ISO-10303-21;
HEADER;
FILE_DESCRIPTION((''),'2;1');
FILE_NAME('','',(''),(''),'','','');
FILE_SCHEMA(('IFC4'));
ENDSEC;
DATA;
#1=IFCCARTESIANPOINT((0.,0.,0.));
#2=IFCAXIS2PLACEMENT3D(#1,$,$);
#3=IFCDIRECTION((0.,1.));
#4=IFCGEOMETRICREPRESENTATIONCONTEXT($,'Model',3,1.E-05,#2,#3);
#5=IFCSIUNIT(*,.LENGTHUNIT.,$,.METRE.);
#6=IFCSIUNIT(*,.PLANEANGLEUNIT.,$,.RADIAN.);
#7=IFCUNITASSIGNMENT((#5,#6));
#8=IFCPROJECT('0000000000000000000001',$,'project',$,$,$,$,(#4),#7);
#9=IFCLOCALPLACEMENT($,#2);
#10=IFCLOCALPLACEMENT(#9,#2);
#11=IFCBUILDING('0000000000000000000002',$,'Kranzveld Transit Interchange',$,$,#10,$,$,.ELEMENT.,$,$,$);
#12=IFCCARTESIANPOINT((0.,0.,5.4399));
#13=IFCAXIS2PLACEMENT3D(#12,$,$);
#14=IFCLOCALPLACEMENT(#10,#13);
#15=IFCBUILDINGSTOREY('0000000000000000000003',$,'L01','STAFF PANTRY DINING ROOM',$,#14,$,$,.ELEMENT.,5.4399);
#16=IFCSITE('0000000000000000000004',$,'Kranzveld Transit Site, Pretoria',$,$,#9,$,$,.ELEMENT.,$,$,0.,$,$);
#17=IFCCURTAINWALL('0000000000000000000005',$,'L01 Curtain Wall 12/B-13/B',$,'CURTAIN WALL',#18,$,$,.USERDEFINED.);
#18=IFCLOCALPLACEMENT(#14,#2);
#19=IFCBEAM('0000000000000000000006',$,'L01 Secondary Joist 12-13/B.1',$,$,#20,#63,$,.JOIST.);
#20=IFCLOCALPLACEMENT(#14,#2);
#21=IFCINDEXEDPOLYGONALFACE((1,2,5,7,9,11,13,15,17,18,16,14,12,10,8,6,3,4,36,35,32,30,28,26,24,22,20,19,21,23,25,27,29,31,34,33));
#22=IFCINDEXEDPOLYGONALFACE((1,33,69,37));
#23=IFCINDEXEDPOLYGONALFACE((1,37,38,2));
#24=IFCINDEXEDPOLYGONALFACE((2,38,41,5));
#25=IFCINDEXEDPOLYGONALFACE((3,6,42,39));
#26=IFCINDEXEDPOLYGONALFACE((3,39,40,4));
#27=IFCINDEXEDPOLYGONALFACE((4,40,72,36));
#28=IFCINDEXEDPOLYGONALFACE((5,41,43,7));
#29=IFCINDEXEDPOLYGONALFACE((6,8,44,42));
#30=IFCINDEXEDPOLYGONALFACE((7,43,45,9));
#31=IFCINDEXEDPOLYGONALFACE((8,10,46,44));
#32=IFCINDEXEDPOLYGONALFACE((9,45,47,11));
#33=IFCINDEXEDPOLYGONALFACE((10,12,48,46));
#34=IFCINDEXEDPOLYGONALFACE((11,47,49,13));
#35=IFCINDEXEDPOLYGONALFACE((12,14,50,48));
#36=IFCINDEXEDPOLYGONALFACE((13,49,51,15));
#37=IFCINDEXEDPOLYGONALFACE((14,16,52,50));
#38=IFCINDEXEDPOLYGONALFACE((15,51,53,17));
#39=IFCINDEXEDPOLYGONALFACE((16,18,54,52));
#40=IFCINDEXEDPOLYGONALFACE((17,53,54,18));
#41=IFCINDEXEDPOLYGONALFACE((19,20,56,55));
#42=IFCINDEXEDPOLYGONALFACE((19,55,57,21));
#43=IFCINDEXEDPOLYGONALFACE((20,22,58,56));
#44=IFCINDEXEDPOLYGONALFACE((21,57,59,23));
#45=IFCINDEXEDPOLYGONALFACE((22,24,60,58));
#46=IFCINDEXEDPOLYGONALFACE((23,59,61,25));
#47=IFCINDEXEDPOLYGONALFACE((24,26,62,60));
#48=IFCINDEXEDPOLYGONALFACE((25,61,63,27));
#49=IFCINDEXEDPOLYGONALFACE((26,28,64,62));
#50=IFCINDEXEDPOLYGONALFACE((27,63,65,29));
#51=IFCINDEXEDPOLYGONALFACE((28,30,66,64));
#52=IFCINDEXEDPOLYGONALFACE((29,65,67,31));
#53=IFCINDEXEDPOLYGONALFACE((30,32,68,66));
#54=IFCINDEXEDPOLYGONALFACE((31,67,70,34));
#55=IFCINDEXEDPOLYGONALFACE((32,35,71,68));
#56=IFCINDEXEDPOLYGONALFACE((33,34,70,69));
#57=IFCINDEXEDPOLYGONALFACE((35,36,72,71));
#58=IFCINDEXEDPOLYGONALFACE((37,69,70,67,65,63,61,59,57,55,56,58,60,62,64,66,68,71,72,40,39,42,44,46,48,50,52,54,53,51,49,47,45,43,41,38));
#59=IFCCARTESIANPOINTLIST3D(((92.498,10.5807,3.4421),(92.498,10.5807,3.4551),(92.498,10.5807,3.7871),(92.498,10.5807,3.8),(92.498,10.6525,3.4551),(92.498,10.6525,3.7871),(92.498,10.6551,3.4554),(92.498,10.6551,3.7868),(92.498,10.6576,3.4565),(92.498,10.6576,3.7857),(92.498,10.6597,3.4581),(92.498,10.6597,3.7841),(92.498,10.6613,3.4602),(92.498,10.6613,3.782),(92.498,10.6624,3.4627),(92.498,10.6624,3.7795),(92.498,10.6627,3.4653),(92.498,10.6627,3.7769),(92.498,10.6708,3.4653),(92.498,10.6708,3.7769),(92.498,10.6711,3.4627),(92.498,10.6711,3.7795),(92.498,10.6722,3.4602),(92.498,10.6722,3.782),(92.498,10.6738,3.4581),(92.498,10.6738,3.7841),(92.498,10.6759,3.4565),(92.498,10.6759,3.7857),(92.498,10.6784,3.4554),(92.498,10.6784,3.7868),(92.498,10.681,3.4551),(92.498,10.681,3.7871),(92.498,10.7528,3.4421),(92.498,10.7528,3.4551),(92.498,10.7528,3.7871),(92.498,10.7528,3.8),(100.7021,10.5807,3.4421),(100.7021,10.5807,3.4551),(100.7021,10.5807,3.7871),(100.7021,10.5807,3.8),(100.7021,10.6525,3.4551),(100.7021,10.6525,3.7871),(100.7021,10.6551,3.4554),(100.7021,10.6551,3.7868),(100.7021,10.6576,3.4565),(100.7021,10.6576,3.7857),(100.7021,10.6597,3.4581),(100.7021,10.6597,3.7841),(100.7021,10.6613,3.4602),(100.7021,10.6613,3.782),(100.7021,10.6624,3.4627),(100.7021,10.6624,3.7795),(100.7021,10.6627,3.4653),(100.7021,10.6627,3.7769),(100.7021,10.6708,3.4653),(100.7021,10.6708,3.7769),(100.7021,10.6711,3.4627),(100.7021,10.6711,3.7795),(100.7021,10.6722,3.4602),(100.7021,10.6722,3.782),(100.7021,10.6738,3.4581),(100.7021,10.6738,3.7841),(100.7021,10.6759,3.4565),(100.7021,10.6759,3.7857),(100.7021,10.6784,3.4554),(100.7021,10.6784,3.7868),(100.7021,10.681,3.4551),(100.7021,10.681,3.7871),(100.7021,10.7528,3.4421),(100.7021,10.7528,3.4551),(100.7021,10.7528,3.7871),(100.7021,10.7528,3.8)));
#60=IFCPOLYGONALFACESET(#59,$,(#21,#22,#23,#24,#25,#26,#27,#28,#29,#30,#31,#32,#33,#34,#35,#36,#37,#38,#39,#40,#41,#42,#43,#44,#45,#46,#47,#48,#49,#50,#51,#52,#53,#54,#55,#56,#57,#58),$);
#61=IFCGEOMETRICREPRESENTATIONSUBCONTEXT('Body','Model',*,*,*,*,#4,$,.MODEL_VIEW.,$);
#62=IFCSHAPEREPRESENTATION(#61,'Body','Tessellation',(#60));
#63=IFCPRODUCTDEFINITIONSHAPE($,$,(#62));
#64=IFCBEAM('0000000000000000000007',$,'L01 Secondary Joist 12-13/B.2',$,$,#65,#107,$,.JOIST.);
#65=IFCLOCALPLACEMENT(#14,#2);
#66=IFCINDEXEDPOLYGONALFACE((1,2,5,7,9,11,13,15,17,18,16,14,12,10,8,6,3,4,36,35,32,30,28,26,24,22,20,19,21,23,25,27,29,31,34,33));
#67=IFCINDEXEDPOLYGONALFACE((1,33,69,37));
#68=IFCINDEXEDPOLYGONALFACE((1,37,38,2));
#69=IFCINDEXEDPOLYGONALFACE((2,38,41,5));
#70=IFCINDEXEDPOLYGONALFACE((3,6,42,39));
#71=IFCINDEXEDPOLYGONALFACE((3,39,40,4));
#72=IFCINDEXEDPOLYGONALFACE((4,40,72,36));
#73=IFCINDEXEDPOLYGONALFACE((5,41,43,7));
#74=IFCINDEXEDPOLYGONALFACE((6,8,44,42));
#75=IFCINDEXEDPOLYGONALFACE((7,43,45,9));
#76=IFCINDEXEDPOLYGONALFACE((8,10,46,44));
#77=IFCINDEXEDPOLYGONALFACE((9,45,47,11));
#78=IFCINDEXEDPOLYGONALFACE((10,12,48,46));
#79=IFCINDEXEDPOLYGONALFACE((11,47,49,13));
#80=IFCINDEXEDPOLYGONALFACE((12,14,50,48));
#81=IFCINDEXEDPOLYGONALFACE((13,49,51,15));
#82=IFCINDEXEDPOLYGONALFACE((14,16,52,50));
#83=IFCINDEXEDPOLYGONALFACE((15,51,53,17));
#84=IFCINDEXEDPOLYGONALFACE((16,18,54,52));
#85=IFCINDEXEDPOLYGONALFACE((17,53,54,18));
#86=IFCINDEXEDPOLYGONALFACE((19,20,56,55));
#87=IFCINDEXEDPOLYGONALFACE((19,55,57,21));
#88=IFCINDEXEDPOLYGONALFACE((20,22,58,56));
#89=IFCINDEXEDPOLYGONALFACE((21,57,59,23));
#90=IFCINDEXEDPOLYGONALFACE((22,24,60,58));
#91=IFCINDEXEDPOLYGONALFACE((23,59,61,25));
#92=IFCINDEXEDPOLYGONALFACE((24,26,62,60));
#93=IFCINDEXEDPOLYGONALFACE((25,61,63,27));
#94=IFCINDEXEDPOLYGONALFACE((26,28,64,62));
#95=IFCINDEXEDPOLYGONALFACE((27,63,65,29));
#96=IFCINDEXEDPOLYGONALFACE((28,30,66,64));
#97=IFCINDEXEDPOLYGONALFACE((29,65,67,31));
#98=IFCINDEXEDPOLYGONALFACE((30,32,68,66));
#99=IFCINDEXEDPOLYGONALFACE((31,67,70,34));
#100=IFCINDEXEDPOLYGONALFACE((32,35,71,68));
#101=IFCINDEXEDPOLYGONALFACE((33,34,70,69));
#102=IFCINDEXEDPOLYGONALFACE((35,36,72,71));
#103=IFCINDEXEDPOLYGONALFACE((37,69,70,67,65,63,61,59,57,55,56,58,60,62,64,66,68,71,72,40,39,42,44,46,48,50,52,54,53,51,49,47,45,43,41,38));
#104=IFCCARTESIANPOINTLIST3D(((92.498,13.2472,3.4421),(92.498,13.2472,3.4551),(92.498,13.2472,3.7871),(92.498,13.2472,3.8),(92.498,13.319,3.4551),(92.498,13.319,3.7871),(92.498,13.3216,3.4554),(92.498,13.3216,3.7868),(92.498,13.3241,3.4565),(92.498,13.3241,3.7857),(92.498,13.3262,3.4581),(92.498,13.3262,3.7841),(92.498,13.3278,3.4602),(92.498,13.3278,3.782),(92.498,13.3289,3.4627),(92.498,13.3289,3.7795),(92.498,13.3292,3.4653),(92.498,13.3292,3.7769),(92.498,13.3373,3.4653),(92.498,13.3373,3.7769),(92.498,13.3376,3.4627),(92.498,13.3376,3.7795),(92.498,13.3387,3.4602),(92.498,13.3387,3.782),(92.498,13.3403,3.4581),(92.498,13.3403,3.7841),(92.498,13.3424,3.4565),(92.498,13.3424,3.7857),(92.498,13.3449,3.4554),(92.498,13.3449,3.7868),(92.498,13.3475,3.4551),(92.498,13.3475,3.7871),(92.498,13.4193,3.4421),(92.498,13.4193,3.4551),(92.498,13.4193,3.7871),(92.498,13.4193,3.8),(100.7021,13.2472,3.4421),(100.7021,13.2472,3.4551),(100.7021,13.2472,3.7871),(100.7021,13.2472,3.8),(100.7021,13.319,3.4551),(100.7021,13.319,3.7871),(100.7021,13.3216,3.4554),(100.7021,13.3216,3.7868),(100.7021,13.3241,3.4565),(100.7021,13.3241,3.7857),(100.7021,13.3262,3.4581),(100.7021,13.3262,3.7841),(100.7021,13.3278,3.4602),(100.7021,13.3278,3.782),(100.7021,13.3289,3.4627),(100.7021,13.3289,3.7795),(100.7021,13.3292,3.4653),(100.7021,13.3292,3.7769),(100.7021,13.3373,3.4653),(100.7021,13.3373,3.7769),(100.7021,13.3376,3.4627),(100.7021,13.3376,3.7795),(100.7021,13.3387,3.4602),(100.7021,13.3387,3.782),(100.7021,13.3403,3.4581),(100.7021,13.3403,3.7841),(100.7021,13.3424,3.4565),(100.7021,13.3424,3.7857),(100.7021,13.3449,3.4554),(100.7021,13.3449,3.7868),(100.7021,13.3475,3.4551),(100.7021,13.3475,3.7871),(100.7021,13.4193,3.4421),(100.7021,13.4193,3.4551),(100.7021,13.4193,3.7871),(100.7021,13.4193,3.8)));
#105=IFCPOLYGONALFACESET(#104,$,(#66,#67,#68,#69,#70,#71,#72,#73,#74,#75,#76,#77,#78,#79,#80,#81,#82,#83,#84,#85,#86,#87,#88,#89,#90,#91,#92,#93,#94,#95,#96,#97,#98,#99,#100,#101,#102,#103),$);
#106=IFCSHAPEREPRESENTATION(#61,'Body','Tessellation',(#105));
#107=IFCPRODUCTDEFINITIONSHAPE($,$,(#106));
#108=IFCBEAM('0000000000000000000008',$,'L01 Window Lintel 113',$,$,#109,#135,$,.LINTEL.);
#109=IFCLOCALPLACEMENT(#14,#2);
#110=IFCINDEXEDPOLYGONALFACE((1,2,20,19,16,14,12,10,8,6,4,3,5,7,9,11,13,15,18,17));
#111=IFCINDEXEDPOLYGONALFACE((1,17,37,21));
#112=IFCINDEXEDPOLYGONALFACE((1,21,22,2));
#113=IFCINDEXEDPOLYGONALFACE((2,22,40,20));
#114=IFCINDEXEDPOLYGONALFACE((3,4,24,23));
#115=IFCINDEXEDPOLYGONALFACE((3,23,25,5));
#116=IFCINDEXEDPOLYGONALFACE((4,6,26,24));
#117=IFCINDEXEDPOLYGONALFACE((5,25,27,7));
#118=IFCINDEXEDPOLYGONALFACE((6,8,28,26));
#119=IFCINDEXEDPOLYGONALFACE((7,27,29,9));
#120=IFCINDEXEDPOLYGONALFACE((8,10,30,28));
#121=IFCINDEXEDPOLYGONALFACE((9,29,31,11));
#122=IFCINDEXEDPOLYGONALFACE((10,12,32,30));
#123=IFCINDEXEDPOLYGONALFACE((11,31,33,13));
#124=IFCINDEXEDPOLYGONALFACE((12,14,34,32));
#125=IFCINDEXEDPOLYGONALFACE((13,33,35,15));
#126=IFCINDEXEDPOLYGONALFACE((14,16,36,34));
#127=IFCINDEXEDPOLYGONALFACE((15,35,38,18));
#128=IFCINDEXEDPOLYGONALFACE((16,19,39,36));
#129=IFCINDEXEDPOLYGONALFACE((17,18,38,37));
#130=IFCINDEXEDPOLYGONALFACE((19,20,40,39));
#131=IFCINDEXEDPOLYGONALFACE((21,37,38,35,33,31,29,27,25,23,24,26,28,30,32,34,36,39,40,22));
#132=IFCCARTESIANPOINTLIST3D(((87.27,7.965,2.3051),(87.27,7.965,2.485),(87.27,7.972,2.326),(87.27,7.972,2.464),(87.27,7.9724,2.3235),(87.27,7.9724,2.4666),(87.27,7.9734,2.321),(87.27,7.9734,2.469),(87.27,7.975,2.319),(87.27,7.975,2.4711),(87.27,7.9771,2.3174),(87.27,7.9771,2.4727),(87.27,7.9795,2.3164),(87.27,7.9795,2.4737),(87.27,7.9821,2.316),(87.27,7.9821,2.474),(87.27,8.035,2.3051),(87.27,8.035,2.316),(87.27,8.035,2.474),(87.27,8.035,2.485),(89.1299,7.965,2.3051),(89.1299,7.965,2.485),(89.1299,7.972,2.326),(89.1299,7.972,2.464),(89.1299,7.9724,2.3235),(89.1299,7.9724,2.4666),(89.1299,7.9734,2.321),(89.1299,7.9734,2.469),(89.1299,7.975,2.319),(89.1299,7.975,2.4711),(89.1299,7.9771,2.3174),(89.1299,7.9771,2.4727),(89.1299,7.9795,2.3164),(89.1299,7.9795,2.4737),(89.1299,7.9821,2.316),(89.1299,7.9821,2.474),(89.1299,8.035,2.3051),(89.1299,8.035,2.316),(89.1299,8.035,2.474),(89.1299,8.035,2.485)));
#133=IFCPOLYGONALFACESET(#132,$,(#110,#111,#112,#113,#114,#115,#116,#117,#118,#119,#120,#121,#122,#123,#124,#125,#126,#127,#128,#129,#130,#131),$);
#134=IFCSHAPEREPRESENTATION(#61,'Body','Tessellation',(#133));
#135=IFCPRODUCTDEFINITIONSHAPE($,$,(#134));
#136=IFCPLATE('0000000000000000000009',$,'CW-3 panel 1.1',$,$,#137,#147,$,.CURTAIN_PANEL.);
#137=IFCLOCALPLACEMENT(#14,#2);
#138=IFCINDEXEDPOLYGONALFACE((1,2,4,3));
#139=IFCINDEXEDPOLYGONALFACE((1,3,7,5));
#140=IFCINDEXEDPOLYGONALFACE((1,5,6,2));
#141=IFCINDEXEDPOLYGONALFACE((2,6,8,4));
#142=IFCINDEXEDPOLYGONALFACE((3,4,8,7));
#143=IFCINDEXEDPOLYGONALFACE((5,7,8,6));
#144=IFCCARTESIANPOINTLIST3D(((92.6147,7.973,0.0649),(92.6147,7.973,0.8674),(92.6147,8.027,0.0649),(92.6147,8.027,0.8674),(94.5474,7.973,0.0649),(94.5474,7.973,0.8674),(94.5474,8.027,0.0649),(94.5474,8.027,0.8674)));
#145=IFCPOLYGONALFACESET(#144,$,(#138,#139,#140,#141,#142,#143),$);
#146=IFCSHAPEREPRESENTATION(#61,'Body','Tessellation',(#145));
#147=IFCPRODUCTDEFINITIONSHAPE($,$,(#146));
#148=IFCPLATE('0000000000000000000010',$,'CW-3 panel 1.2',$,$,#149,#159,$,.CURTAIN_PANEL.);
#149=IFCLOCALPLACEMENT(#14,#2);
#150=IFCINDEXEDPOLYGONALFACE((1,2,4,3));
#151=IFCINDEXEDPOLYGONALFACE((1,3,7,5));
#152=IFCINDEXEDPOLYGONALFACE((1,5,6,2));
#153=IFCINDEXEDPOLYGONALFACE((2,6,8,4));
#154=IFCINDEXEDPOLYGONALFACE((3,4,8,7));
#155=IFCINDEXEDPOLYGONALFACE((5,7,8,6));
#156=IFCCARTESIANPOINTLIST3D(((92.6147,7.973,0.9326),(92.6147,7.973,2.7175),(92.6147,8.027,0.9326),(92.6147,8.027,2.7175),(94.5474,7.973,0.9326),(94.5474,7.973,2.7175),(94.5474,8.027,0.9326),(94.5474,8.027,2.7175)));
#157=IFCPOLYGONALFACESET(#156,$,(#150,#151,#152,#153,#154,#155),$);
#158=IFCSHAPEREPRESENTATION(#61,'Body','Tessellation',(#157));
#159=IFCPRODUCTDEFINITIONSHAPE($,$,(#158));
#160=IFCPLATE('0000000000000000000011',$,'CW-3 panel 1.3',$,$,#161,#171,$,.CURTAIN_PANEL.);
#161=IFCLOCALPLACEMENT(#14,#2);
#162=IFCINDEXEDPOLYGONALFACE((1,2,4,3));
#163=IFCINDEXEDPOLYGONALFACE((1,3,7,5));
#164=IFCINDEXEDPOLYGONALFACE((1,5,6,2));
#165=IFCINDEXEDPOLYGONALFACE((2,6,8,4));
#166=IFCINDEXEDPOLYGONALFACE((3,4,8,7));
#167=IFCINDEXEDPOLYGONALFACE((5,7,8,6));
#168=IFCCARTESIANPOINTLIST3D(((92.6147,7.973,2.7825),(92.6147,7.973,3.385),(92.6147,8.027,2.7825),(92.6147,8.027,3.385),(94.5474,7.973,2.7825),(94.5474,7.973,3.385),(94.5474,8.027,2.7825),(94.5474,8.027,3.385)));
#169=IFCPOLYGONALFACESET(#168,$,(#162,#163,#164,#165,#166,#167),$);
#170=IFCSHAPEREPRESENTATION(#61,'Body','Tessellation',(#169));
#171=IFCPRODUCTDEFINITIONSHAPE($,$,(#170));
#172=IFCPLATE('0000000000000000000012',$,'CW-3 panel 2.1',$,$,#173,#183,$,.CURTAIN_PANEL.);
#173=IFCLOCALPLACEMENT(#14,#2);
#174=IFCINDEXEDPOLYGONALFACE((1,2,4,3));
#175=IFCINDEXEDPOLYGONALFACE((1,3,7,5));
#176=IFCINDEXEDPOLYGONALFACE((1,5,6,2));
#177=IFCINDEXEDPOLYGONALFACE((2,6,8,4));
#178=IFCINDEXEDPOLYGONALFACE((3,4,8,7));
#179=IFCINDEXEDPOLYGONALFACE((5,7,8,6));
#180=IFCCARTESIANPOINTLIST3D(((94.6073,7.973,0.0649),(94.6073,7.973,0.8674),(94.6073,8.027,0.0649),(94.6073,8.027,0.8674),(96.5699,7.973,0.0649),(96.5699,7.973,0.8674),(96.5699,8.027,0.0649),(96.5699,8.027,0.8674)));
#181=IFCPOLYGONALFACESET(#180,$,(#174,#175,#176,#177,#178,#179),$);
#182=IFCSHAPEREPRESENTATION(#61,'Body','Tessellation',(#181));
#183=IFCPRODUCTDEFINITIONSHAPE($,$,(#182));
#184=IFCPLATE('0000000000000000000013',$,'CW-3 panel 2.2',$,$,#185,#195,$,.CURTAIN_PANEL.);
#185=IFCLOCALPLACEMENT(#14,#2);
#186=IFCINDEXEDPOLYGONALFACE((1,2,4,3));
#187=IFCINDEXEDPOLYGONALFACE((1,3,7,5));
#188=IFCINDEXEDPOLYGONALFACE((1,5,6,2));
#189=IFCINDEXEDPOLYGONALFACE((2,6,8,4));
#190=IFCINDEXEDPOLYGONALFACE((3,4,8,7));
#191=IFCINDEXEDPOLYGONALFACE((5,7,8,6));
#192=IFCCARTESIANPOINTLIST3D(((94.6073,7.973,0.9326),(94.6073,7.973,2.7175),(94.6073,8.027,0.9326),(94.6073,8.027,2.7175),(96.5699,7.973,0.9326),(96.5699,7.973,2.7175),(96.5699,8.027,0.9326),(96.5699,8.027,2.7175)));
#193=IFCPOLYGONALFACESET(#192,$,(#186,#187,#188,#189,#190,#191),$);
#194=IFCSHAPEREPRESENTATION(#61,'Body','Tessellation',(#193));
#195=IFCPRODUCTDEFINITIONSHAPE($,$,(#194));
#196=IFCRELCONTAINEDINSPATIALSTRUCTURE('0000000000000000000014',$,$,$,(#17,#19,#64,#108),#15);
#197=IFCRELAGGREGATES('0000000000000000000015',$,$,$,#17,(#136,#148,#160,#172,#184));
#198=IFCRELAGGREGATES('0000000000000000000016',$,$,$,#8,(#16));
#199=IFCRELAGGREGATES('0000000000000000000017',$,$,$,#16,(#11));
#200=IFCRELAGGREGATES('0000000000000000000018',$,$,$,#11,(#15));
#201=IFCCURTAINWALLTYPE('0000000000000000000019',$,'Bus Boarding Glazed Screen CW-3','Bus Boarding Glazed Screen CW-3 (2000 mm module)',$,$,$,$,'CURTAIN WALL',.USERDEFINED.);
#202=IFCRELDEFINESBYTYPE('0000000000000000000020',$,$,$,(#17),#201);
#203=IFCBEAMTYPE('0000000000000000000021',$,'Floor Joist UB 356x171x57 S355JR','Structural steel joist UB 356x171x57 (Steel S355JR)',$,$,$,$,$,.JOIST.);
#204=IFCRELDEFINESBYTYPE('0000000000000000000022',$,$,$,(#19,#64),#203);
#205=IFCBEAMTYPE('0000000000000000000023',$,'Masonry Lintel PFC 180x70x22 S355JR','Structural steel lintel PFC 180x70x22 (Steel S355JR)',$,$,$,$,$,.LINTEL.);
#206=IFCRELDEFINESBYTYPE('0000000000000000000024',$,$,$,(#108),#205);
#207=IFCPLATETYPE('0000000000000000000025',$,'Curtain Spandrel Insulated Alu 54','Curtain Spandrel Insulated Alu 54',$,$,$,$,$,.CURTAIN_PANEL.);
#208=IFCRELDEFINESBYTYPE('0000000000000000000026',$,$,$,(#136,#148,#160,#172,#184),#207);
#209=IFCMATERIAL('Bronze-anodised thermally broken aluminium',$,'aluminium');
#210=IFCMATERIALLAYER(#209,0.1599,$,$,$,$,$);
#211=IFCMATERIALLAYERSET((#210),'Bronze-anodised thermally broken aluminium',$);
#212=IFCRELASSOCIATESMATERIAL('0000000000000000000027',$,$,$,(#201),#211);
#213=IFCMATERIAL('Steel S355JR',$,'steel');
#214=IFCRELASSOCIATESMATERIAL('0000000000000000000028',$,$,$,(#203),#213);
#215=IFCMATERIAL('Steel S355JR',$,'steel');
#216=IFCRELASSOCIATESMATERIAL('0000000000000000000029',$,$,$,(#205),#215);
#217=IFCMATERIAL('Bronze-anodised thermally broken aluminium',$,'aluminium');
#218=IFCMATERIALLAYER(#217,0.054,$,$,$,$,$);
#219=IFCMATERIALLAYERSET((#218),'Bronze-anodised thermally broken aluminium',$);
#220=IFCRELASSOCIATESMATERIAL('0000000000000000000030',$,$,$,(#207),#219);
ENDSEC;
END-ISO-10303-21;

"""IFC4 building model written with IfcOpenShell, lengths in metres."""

from ifc_helpers import new_model, si_unit, direction, frame, origin, origin_2d, place, context, subcontext, project, spatial, rectangle, i_section, u_section, extrude, material, layer, layer_set, material_profile, profile_set, type_object, element, aggregate, save


model = new_model("IFC4")

# Units and contexts
model_context = context("Model", 3, precision=1e-05, world=origin(), true_north=direction((0.0, 1.0)))
body_context = subcontext(model_context, "Body", "Model", "MODEL_VIEW")
ifc_project = project(units=[si_unit("LENGTHUNIT", "METRE"), si_unit("PLANEANGLEUNIT", "RADIAN")], contexts=[model_context])

# Site, building, storey
site_placement = place(None, origin())
site = spatial("IfcSite", under=ifc_project, at=site_placement, Name="Kranzveld Transit Site, Pretoria", CompositionType="ELEMENT", RefElevation=0.0)
building_placement = place(site_placement, origin())
building = spatial("IfcBuilding", under=site, at=building_placement, Name="Kranzveld Transit Interchange", CompositionType="ELEMENT")
storey_placement = place(building_placement, frame((0.0, 0.0, 5.4399)))
storey = spatial("IfcBuildingStorey", under=building, at=storey_placement, Name="L01", Description="STAFF PANTRY DINING ROOM", CompositionType="ELEMENT", Elevation=5.4399)

# Curtain wall
ifc_material_1 = material(Name="Bronze-anodised thermally broken aluminium", Category="aluminium")
ifc_layer_1 = layer(ifc_material_1, 0.1599)
ifc_layer_set_1 = layer_set([ifc_layer_1], Name="Bronze-anodised thermally broken aluminium")
curtain_wall_type = type_object("IfcCurtainWallType", Name="Bus Boarding Glazed Screen CW-3", Description="Bus Boarding Glazed Screen CW-3 (2000 mm module)", ElementType="CURTAIN WALL", PredefinedType="USERDEFINED", material=ifc_layer_set_1)
curtain_wall_placement = place(storey_placement, origin())
curtain_wall = element("IfcCurtainWall", 1, at=curtain_wall_placement, inside=storey, type_object=curtain_wall_type, Name="L01 Curtain Wall 12/B-13/B", ObjectType="CURTAIN WALL", PredefinedType="USERDEFINED")

# Beams
ifc_material_2 = material(Name="Steel S355JR", Category="steel")
ifc_material_profile_1 = material_profile(ifc_material_2, i_section(OverallWidth=0.1721, OverallDepth=0.3579, WebThickness=0.0081, FlangeThickness=0.0129, FilletRadius=0.0103, at=origin_2d()), Name="UB 356x171x57")
ifc_profile_set_1 = profile_set([ifc_material_profile_1], Name="Steel S355JR")
beam_type_1 = type_object("IfcBeamType", Name="Floor Joist UB 356x171x57 S355JR", Description="Structural steel joist UB 356x171x57 (Steel S355JR)", PredefinedType="JOIST", material=ifc_profile_set_1)
for number, where, z_axis, x_axis, name in (
    (2, (92.498, 10.6667, 3.6211), (1.0, 0.0, 0.0), (0.0, 1.0, 0.0), "L01 Secondary Joist 12-13/B.1"),
    (3, (92.498, 13.3333, 3.6211), (1.0, 0.0, 0.0), (0.0, 1.0, 0.0), "L01 Secondary Joist 12-13/B.2"),
):
    element("IfcBeam", number, at=place(storey_placement, frame(where, z_axis=z_axis, x_axis=x_axis)), inside=storey, type_object=beam_type_1, Name=name, PredefinedType="JOIST", context=body_context, shape_type="SweptSolid", body=[
        extrude(i_section(OverallWidth=0.1721, OverallDepth=0.3579, WebThickness=0.0081, FlangeThickness=0.0129, FilletRadius=0.0103, at=origin_2d()), origin(), (0.0, 0.0, 1.0), 8.2041),
    ])
ifc_material_3 = material(Name="Steel S355JR", Category="steel")
ifc_material_profile_2 = material_profile(ifc_material_3, u_section(Depth=0.1799, FlangeWidth=0.0701, WebThickness=0.0071, FlangeThickness=0.011, FilletRadius=0.01, at=origin_2d()), Name="PFC 180x70x22")
ifc_profile_set_2 = profile_set([ifc_material_profile_2], Name="Steel S355JR")
beam_type_2 = type_object("IfcBeamType", Name="Masonry Lintel PFC 180x70x22 S355JR", Description="Structural steel lintel PFC 180x70x22 (Steel S355JR)", PredefinedType="LINTEL", material=ifc_profile_set_2)
beam_1_placement = place(storey_placement, frame((87.27, 8.0, 2.395), z_axis=(1.0, 0.0, 0.0), x_axis=(0.0, 1.0, 0.0)))
element("IfcBeam", 4, at=beam_1_placement, inside=storey, type_object=beam_type_2, Name="L01 Window Lintel 113", PredefinedType="LINTEL", context=body_context, shape_type="SweptSolid", body=[
    extrude(u_section(Depth=0.1799, FlangeWidth=0.0701, WebThickness=0.0071, FlangeThickness=0.011, FilletRadius=0.01, at=origin_2d()), origin(), (0.0, 0.0, 1.0), 1.8599),
])

# Plates
ifc_material_4 = material(Name="Bronze-anodised thermally broken aluminium", Category="aluminium")
ifc_layer_2 = layer(ifc_material_4, 0.054)
ifc_layer_set_2 = layer_set([ifc_layer_2], Name="Bronze-anodised thermally broken aluminium")
plate_type = type_object("IfcPlateType", Name="Curtain Spandrel Insulated Alu 54", Description="Curtain Spandrel Insulated Alu 54", PredefinedType="CURTAIN_PANEL", material=ifc_layer_set_2)
plate_1_placement = place(storey_placement, frame((93.5811, 8.0, 0.0649), z_axis=(0.0, 0.0, 1.0), x_axis=(1.0, 0.0, 0.0)))
plate_1 = element("IfcPlate", 5, at=plate_1_placement, type_object=plate_type, Name="CW-3 panel 1.1", PredefinedType="CURTAIN_PANEL", context=body_context, shape_type="SweptSolid", body=[
    extrude(rectangle(XDim=1.9326, YDim=0.054, at=origin_2d()), origin(), (0.0, 0.0, 1.0), 0.8025),
])
plate_2_placement = place(storey_placement, frame((93.5811, 8.0, 0.9326), z_axis=(0.0, 0.0, 1.0), x_axis=(1.0, 0.0, 0.0)))
plate_2 = element("IfcPlate", 6, at=plate_2_placement, type_object=plate_type, Name="CW-3 panel 1.2", PredefinedType="CURTAIN_PANEL", context=body_context, shape_type="SweptSolid", body=[
    extrude(rectangle(XDim=1.9326, YDim=0.054, at=origin_2d()), origin(), (0.0, 0.0, 1.0), 1.7849),
])
plate_3_placement = place(storey_placement, frame((93.5811, 8.0, 2.7825), z_axis=(0.0, 0.0, 1.0), x_axis=(1.0, 0.0, 0.0)))
plate_3 = element("IfcPlate", 7, at=plate_3_placement, type_object=plate_type, Name="CW-3 panel 1.3", PredefinedType="CURTAIN_PANEL", context=body_context, shape_type="SweptSolid", body=[
    extrude(rectangle(XDim=1.9326, YDim=0.054, at=origin_2d()), origin(), (0.0, 0.0, 1.0), 0.6025),
])
plate_4_placement = place(storey_placement, frame((95.5886, 8.0, 0.0649), z_axis=(0.0, 0.0, 1.0), x_axis=(1.0, 0.0, 0.0)))
plate_4 = element("IfcPlate", 8, at=plate_4_placement, type_object=plate_type, Name="CW-3 panel 2.1", PredefinedType="CURTAIN_PANEL", context=body_context, shape_type="SweptSolid", body=[
    extrude(rectangle(XDim=1.9626, YDim=0.054, at=origin_2d()), origin(), (0.0, 0.0, 1.0), 0.8025),
])
plate_5_placement = place(storey_placement, frame((95.5886, 8.0, 0.9326), z_axis=(0.0, 0.0, 1.0), x_axis=(1.0, 0.0, 0.0)))
plate_5 = element("IfcPlate", 9, at=plate_5_placement, type_object=plate_type, Name="CW-3 panel 2.2", PredefinedType="CURTAIN_PANEL", context=body_context, shape_type="SweptSolid", body=[
    extrude(rectangle(XDim=1.9626, YDim=0.054, at=origin_2d()), origin(), (0.0, 0.0, 1.0), 1.7849),
])
aggregate(curtain_wall, [plate_1, plate_2, plate_3, plate_4, plate_5])

save(model, "model.ifc")
